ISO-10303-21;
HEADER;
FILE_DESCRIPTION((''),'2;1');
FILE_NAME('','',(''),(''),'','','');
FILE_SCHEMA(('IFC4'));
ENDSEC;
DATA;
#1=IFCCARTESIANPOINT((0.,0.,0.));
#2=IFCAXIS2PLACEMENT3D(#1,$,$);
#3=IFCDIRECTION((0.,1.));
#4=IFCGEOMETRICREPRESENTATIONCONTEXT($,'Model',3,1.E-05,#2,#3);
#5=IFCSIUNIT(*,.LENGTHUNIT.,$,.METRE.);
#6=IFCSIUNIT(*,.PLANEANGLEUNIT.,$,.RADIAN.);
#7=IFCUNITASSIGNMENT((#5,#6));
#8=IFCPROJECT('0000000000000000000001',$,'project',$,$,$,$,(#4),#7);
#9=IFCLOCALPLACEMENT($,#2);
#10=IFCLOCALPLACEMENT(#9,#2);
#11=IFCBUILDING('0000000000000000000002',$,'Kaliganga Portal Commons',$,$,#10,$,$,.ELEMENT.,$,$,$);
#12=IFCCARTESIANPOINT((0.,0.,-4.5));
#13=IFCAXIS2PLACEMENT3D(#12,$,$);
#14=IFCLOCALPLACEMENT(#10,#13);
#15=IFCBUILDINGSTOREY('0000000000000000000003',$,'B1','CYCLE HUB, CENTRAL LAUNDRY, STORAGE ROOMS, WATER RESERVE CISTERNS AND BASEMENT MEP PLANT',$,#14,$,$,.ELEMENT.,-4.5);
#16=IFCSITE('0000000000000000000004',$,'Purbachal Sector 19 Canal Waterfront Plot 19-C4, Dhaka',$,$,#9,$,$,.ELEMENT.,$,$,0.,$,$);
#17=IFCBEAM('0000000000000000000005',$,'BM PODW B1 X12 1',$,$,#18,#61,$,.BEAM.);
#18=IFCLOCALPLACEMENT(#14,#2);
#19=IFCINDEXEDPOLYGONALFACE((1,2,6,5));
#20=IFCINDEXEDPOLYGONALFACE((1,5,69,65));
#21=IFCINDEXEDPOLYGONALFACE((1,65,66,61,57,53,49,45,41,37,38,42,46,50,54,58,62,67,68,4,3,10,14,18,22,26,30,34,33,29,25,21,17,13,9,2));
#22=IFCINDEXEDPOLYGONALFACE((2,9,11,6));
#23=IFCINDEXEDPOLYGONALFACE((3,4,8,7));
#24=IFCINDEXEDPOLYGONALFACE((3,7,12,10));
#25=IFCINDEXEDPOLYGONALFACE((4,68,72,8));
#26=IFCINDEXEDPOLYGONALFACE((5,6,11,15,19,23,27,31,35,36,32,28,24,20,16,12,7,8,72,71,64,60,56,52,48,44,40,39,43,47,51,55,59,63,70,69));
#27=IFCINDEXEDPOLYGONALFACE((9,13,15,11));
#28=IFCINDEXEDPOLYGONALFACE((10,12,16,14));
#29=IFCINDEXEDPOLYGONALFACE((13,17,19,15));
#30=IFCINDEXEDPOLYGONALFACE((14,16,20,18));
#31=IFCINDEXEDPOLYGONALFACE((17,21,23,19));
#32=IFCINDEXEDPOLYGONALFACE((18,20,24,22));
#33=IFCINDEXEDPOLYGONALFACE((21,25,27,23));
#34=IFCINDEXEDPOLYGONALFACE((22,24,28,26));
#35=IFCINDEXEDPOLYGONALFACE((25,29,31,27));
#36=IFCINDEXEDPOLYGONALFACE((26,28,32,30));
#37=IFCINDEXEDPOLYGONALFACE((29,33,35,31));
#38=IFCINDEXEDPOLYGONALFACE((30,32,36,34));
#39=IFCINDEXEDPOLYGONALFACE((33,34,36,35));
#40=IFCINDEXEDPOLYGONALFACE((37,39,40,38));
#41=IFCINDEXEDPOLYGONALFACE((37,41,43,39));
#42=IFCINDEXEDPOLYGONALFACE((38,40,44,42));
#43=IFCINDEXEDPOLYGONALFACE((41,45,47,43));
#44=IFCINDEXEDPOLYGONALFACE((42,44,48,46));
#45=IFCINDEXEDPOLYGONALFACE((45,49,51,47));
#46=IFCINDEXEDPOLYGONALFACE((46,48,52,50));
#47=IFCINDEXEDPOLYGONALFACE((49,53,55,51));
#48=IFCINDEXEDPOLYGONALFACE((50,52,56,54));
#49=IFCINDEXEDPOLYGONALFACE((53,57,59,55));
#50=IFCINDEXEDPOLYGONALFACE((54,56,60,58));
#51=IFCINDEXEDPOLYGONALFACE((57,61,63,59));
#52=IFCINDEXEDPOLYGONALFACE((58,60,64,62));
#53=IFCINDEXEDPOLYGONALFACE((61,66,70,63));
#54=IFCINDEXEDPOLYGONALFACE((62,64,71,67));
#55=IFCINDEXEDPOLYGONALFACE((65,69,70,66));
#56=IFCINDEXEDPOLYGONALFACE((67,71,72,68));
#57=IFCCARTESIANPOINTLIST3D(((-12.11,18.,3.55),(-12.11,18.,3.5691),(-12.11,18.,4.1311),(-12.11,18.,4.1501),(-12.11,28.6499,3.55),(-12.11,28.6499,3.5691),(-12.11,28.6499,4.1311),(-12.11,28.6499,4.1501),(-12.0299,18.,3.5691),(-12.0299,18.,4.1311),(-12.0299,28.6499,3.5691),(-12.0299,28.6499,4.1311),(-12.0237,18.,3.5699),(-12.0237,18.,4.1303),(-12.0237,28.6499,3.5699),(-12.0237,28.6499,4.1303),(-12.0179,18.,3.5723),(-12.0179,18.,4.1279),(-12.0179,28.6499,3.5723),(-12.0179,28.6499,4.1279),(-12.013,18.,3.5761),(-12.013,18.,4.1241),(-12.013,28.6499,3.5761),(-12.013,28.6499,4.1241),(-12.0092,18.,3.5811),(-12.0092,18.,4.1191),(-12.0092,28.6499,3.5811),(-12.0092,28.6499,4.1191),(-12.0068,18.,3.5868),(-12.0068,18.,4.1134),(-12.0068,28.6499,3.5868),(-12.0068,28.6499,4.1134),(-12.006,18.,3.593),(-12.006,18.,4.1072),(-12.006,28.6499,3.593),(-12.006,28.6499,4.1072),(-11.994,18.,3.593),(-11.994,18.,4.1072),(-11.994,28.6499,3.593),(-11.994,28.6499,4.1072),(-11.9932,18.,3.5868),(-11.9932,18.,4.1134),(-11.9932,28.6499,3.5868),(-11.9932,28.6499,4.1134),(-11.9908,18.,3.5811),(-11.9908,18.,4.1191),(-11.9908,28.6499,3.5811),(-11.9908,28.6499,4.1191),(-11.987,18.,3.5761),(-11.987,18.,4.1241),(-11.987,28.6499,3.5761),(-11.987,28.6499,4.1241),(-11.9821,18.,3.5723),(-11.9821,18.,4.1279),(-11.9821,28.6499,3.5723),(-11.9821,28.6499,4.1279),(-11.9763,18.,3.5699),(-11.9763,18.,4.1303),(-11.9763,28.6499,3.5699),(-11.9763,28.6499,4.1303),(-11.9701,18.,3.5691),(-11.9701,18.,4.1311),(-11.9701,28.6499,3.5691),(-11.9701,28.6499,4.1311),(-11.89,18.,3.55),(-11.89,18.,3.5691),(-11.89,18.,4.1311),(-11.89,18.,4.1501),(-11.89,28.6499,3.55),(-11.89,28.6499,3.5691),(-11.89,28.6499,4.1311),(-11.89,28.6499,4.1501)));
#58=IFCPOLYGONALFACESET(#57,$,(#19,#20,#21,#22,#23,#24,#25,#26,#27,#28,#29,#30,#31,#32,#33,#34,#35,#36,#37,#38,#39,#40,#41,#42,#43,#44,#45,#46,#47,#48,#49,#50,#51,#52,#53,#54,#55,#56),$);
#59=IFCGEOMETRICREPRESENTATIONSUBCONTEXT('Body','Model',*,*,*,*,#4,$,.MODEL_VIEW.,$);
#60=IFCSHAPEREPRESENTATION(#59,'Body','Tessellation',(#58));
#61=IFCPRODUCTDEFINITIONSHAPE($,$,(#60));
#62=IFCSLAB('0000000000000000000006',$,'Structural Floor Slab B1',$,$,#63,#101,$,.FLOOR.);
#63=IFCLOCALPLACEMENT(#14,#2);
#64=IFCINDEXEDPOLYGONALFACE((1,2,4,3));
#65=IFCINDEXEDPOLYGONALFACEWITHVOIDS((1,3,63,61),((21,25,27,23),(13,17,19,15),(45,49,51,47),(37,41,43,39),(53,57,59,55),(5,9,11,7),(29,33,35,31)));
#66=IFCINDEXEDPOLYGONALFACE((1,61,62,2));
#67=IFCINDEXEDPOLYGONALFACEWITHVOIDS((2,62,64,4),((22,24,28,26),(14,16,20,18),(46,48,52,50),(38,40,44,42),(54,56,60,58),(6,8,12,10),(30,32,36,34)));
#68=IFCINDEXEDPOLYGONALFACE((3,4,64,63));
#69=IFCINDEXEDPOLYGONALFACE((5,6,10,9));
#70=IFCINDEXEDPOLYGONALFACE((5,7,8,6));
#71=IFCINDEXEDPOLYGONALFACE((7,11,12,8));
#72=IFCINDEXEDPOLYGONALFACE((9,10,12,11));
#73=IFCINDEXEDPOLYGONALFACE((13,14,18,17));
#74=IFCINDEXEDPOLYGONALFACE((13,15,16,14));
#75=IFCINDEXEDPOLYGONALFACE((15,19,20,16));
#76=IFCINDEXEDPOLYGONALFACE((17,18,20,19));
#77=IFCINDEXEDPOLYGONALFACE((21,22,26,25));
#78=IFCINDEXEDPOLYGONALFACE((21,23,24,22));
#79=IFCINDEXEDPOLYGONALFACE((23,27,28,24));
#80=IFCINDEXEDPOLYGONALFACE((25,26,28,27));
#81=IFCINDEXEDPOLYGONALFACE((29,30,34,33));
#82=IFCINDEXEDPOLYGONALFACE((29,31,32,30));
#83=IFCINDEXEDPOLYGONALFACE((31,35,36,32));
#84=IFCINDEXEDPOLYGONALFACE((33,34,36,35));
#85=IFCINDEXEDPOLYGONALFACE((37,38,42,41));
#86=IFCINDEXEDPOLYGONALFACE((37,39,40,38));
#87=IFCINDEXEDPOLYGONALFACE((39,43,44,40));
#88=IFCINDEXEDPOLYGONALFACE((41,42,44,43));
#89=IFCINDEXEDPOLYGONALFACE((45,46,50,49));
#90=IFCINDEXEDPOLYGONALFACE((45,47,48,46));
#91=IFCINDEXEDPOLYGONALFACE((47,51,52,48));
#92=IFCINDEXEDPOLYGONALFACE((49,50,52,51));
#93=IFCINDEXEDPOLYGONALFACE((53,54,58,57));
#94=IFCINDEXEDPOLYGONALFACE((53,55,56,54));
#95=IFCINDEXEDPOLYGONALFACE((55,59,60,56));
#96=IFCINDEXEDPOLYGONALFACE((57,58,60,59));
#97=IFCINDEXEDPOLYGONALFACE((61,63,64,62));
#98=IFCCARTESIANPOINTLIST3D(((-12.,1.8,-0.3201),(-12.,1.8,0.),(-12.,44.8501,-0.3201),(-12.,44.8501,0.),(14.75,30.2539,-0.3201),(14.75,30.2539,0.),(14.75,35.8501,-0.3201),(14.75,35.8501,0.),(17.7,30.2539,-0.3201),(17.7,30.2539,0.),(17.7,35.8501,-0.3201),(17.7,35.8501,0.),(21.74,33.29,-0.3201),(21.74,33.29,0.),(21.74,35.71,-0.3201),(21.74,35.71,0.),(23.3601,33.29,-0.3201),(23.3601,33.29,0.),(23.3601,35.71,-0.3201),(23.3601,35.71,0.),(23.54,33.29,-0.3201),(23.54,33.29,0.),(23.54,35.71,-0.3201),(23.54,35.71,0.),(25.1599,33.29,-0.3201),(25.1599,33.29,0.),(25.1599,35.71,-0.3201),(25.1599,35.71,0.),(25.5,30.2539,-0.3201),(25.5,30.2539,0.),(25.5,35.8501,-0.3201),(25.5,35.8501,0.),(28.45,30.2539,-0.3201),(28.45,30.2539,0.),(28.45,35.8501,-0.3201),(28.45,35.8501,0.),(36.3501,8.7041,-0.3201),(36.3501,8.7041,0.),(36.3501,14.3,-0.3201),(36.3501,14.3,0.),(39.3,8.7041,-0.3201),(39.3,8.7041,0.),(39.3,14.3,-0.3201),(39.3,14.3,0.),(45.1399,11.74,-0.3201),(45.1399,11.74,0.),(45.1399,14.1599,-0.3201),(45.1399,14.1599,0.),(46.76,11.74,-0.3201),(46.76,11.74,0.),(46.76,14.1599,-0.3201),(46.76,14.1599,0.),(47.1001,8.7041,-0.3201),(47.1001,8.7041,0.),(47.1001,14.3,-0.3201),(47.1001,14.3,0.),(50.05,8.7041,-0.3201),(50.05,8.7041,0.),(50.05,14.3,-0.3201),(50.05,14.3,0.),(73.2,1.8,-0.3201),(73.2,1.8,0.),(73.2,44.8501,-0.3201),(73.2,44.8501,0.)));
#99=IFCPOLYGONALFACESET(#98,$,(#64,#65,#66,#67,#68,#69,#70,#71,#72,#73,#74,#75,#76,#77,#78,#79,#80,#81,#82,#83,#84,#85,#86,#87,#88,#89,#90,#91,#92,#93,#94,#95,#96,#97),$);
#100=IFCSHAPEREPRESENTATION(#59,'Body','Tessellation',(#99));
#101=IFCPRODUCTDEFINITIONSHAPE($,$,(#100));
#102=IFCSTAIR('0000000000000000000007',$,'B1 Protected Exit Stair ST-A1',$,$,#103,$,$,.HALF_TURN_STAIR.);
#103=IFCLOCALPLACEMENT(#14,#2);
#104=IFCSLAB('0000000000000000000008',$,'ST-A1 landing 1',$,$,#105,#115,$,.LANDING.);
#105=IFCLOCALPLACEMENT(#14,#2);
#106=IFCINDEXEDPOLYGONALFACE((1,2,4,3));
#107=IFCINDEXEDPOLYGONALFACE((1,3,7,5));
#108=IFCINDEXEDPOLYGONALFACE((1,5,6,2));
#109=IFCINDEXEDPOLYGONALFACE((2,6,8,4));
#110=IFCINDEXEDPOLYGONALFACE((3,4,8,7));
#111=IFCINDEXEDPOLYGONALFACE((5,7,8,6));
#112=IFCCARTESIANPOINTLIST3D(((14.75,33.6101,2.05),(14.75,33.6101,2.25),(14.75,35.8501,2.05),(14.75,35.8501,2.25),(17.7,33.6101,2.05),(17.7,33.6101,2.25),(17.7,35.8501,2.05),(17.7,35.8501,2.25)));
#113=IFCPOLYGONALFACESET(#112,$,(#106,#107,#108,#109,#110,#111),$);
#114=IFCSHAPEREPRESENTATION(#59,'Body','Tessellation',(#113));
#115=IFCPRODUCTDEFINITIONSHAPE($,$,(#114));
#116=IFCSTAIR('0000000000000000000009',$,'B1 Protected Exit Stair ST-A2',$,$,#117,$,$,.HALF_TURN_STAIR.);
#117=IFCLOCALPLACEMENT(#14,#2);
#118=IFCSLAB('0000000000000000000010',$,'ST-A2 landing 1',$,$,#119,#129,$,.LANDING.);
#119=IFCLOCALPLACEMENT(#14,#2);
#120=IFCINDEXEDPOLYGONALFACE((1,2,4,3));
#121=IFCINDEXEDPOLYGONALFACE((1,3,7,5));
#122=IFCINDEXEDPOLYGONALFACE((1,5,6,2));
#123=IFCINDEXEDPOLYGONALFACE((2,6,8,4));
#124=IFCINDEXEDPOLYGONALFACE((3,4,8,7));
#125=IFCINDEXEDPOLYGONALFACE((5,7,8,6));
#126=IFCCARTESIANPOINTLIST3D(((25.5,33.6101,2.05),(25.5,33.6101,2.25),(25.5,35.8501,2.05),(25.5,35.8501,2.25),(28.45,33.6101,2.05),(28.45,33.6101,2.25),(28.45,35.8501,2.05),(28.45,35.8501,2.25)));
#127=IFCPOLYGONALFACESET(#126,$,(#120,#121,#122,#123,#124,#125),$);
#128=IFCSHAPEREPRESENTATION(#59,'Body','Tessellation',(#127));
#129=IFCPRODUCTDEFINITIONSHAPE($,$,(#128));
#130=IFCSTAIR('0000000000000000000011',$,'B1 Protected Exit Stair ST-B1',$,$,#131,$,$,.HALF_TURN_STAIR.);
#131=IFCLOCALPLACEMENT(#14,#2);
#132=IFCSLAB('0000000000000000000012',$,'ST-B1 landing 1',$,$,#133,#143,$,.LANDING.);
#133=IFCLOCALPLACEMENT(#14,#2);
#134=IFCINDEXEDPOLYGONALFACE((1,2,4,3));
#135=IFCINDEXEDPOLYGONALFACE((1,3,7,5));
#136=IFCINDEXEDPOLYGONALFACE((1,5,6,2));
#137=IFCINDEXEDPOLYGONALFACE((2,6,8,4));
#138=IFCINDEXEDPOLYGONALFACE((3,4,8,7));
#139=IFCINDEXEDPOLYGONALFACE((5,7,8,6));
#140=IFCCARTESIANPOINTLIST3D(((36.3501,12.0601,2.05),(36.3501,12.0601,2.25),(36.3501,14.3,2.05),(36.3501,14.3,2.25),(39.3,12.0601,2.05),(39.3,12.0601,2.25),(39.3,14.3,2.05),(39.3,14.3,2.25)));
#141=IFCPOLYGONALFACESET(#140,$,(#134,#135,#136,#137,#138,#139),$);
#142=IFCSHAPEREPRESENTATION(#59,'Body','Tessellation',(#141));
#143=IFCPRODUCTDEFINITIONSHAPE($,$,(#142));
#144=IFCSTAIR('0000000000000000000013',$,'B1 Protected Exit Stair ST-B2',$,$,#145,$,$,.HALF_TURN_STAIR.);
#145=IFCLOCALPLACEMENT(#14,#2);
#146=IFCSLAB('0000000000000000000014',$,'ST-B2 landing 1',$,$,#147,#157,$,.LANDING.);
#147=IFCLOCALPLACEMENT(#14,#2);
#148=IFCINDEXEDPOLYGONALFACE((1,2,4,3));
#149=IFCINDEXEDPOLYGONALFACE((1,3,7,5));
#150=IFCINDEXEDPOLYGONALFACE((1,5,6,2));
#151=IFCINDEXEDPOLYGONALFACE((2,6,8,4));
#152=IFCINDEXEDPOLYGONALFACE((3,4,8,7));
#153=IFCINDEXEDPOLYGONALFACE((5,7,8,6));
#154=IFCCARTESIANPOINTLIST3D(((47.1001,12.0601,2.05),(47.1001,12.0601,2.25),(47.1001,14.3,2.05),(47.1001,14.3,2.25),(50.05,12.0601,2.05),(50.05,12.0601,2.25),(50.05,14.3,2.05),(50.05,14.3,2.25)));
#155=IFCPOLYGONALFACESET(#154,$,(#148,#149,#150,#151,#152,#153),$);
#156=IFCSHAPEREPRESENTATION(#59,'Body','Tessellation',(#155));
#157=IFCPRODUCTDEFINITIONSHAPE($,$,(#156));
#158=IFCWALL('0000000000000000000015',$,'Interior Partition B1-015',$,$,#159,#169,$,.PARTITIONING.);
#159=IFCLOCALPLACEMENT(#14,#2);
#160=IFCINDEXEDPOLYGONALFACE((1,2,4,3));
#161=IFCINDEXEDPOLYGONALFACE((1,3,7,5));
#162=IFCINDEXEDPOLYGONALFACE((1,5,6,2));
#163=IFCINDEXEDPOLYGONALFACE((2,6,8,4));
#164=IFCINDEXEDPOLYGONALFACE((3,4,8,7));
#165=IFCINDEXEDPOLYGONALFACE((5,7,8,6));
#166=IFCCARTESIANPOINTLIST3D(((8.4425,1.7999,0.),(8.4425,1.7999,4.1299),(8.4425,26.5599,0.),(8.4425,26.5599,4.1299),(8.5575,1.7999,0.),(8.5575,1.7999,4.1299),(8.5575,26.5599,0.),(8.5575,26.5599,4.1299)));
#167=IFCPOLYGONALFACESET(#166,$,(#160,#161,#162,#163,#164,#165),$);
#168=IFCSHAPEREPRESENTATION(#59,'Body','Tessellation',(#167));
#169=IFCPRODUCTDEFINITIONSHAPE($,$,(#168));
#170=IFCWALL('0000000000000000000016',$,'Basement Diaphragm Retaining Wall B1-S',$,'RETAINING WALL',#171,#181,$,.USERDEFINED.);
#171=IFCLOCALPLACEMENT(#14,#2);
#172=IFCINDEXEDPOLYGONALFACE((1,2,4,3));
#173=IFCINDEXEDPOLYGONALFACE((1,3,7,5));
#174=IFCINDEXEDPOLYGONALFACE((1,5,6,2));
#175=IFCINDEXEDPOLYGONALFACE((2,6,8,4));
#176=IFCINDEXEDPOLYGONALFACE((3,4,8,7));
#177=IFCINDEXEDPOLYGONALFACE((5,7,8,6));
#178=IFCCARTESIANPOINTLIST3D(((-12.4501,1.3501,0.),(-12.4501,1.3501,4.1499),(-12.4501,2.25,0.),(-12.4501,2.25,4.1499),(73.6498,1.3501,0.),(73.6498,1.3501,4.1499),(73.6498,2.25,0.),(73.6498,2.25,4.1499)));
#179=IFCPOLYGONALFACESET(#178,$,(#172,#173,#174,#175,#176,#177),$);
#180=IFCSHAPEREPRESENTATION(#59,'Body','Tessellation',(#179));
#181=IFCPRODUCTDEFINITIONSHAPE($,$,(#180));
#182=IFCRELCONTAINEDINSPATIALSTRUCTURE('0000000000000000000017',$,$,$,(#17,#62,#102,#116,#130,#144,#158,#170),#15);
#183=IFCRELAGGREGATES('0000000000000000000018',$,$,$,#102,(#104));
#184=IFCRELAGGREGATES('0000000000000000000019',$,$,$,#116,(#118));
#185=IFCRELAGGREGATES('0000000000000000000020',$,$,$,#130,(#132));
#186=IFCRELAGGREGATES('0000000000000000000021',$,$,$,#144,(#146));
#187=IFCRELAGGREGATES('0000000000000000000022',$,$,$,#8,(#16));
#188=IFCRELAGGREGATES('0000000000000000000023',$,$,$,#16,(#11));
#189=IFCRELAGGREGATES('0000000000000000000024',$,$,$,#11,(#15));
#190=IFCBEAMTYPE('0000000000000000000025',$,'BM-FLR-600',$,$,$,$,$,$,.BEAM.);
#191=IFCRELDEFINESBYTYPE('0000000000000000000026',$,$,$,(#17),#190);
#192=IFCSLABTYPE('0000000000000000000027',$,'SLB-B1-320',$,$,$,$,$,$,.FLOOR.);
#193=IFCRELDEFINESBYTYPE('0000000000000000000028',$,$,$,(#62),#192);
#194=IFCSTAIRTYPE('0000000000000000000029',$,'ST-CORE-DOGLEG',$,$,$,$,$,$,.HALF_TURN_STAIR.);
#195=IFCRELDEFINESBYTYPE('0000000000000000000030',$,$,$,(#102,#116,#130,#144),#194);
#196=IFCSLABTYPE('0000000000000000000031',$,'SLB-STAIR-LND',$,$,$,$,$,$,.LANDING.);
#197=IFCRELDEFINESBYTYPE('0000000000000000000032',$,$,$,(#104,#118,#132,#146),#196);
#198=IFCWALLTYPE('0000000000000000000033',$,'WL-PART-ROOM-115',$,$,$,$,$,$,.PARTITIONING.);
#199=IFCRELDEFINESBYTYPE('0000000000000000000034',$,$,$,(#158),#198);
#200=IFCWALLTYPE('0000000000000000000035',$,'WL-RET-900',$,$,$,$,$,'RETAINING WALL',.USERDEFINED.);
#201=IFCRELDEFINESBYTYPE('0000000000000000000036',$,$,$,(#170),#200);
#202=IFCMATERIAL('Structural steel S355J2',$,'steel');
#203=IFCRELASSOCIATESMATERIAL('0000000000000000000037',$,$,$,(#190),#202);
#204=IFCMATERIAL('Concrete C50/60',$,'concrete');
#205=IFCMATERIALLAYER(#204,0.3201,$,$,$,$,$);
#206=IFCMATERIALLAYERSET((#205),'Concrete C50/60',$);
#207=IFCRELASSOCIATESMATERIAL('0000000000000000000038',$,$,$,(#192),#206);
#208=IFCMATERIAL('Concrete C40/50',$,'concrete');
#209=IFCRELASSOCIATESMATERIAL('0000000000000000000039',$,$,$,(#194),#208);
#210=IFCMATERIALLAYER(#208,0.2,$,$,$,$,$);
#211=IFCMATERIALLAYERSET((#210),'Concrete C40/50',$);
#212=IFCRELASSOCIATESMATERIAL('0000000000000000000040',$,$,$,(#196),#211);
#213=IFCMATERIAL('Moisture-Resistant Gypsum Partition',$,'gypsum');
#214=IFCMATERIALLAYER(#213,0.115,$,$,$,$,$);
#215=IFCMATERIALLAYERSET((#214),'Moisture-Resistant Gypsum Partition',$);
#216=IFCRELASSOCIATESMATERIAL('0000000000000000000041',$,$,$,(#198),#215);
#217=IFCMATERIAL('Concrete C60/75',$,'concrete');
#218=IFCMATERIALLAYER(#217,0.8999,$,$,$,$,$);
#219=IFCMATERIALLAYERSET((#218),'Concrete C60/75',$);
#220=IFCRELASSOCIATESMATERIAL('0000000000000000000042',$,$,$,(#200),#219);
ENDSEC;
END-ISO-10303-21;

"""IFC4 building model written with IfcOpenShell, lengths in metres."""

from ifc_helpers import new_model, si_unit, direction, frame, frame_2d, origin, origin_2d, place, context, subcontext, project, spatial, polyline, rectangle, i_section, outline, extrude, source, transform, mapped, material, layer, layer_set, material_profile, profile_set, type_object, element, aggregate, save


model = new_model("IFC4")

# Units and contexts
model_context = context("Model", 3, precision=1e-05, world=origin(), true_north=direction((0.0, 1.0)))
body_context = subcontext(model_context, "Body", "Model", "MODEL_VIEW")
ifc_project = project(units=[si_unit("LENGTHUNIT", "METRE"), si_unit("PLANEANGLEUNIT", "RADIAN")], contexts=[model_context])

# Site, building, storey
site_placement = place(None, origin())
site = spatial("IfcSite", under=ifc_project, at=site_placement, Name="Purbachal Sector 19 Canal Waterfront Plot 19-C4, Dhaka", CompositionType="ELEMENT", RefElevation=0.0)
building_placement = place(site_placement, origin())
building = spatial("IfcBuilding", under=site, at=building_placement, Name="Kaliganga Portal Commons", CompositionType="ELEMENT")
storey_placement = place(building_placement, frame((0.0, 0.0, -4.5)))
storey = spatial("IfcBuildingStorey", under=building, at=storey_placement, Name="B1", Description="CYCLE HUB, CENTRAL LAUNDRY, STORAGE ROOMS, WATER RESERVE CISTERNS AND BASEMENT MEP PLANT", CompositionType="ELEMENT", Elevation=-4.5)

# Beam
ifc_material_1 = material(Name="Structural steel S355J2", Category="steel")
ifc_material_profile_1 = material_profile(ifc_material_1, i_section(OverallWidth=0.22, OverallDepth=0.6001, WebThickness=0.012, FlangeThickness=0.019, FilletRadius=0.0239, at=origin_2d()), Name="IPE 600")
ifc_profile_set_1 = profile_set([ifc_material_profile_1], Name="Structural steel S355J2 wide-flange")
beam_type_1 = type_object("IfcBeamType", Name="BM-FLR-600", PredefinedType="BEAM", material=ifc_profile_set_1)
shared_shape_1 = source(origin(), body_context, "Body", "SweptSolid", [
    extrude(i_section(OverallWidth=0.22, OverallDepth=0.6001, WebThickness=0.012, FlangeThickness=0.019, FilletRadius=0.0239, at=origin_2d()), origin(), (0.0, 0.0, 1.0), 10.6499),
])
beam_1_placement = place(storey_placement, frame((-12.0, 18.0, 3.8501), z_axis=(0.0, 1.0, 0.0), x_axis=(-1.0, 0.0, 0.0)))
element("IfcBeam", 1, at=beam_1_placement, inside=storey, type_object=beam_type_1, Name="BM PODW B1 X12 1", PredefinedType="BEAM", context=body_context, shape_type="MappedRepresentation", body=[
    mapped(shared_shape_1, transform((0.0, 0.0, 0.0), x_axis=(1.0, 0.0, 0.0), y_axis=(0.0, 1.0, 0.0), z_axis=(0.0, 0.0, 1.0), scale=1.0)),
])

# Slab
ifc_material_2 = material(Name="Concrete C50/60", Category="concrete")
ifc_layer_1 = layer(ifc_material_2, 0.3201)
ifc_layer_set_1 = layer_set([ifc_layer_1], Name="Concrete C50/60")
slab_type_1 = type_object("IfcSlabType", Name="SLB-B1-320", PredefinedType="FLOOR", material=ifc_layer_set_1)
slab_1_placement = place(storey_placement, frame((0.0, 0.0, -0.3201)))
element("IfcSlab", 2, at=slab_1_placement, inside=storey, type_object=slab_type_1, Name="Structural Floor Slab B1", PredefinedType="FLOOR", context=body_context, shape_type="SweptSolid", body=[
    extrude(outline(polyline([(-12.0, 1.8), (73.2, 1.8), (73.2, 44.8501), (-12.0, 44.8501), (-12.0, 1.8)]), holes=[polyline([(14.75, 30.2539), (14.75, 35.8501), (17.7, 35.8501), (17.7, 30.2539), (14.75, 30.2539)]), polyline([(25.5, 30.2539), (25.5, 35.8501), (28.45, 35.8501), (28.45, 30.2539), (25.5, 30.2539)]), polyline([(36.3501, 8.7041), (36.3501, 14.3), (39.3, 14.3), (39.3, 8.7041), (36.3501, 8.7041)]), polyline([(47.1001, 8.7041), (47.1001, 14.3), (50.05, 14.3), (50.05, 8.7041), (47.1001, 8.7041)]), polyline([(21.74, 33.29), (21.74, 35.71), (23.3601, 35.71), (23.3601, 33.29), (21.74, 33.29)]), polyline([(23.54, 33.29), (23.54, 35.71), (25.1599, 35.71), (25.1599, 33.29), (23.54, 33.29)]), polyline([(45.1399, 11.74), (45.1399, 14.1599), (46.76, 14.1599), (46.76, 11.74), (45.1399, 11.74)])]), origin(), (0.0, 0.0, 1.0), 0.3201),
])

# Stairs, slabs
ifc_material_3 = material(Name="Concrete C40/50", Category="concrete")
stair_type = type_object("IfcStairType", Name="ST-CORE-DOGLEG", PredefinedType="HALF_TURN_STAIR", material=ifc_material_3)
stair_1_placement = place(storey_placement, origin())
stair_1 = element("IfcStair", 3, at=stair_1_placement, inside=storey, type_object=stair_type, Name="B1 Protected Exit Stair ST-A1", PredefinedType="HALF_TURN_STAIR")
ifc_layer_2 = layer(ifc_material_3, 0.2)
ifc_layer_set_2 = layer_set([ifc_layer_2], Name="Concrete C40/50")
slab_type_2 = type_object("IfcSlabType", Name="SLB-STAIR-LND", PredefinedType="LANDING", material=ifc_layer_set_2)
slab_2_placement = place(storey_placement, frame((0.0, 0.0, 2.05)))
slab_2 = element("IfcSlab", 4, at=slab_2_placement, type_object=slab_type_2, Name="ST-A1 landing 1", PredefinedType="LANDING", context=body_context, shape_type="SweptSolid", body=[
    extrude(outline(polyline([(17.7, 33.6101), (17.7, 35.8501), (14.75, 35.8501), (14.75, 33.6101), (17.7, 33.6101)])), origin(), (0.0, 0.0, 1.0), 0.2),
])
aggregate(stair_1, [slab_2])
stair_2_placement = place(storey_placement, origin())
stair_2 = element("IfcStair", 5, at=stair_2_placement, inside=storey, type_object=stair_type, Name="B1 Protected Exit Stair ST-A2", PredefinedType="HALF_TURN_STAIR")
slab_3_placement = place(storey_placement, frame((0.0, 0.0, 2.05)))
slab_3 = element("IfcSlab", 6, at=slab_3_placement, type_object=slab_type_2, Name="ST-A2 landing 1", PredefinedType="LANDING", context=body_context, shape_type="SweptSolid", body=[
    extrude(outline(polyline([(28.45, 33.6101), (28.45, 35.8501), (25.5, 35.8501), (25.5, 33.6101), (28.45, 33.6101)])), origin(), (0.0, 0.0, 1.0), 0.2),
])
aggregate(stair_2, [slab_3])
stair_3_placement = place(storey_placement, origin())
stair_3 = element("IfcStair", 7, at=stair_3_placement, inside=storey, type_object=stair_type, Name="B1 Protected Exit Stair ST-B1", PredefinedType="HALF_TURN_STAIR")
slab_4_placement = place(storey_placement, frame((0.0, 0.0, 2.05)))
slab_4 = element("IfcSlab", 8, at=slab_4_placement, type_object=slab_type_2, Name="ST-B1 landing 1", PredefinedType="LANDING", context=body_context, shape_type="SweptSolid", body=[
    extrude(outline(polyline([(39.3, 12.0601), (39.3, 14.3), (36.3501, 14.3), (36.3501, 12.0601), (39.3, 12.0601)])), origin(), (0.0, 0.0, 1.0), 0.2),
])
aggregate(stair_3, [slab_4])
stair_4_placement = place(storey_placement, origin())
stair_4 = element("IfcStair", 9, at=stair_4_placement, inside=storey, type_object=stair_type, Name="B1 Protected Exit Stair ST-B2", PredefinedType="HALF_TURN_STAIR")
slab_5_placement = place(storey_placement, frame((0.0, 0.0, 2.05)))
slab_5 = element("IfcSlab", 10, at=slab_5_placement, type_object=slab_type_2, Name="ST-B2 landing 1", PredefinedType="LANDING", context=body_context, shape_type="SweptSolid", body=[
    extrude(outline(polyline([(50.05, 12.0601), (50.05, 14.3), (47.1001, 14.3), (47.1001, 12.0601), (50.05, 12.0601)])), origin(), (0.0, 0.0, 1.0), 0.2),
])
aggregate(stair_4, [slab_5])

# Walls
ifc_material_4 = material(Name="Moisture-Resistant Gypsum Partition", Category="gypsum")
ifc_layer_3 = layer(ifc_material_4, 0.115)
ifc_layer_set_3 = layer_set([ifc_layer_3], Name="Moisture-Resistant Gypsum Partition")
wall_type_1 = type_object("IfcWallType", Name="WL-PART-ROOM-115", PredefinedType="PARTITIONING", material=ifc_layer_set_3)
wall_1_placement = place(storey_placement, frame((8.5, 1.8, 0.0), z_axis=(0.0, 0.0, 1.0), x_axis=(0.0, 1.0, 0.0)))
element("IfcWall", 11, at=wall_1_placement, inside=storey, type_object=wall_type_1, Name="Interior Partition B1-015", PredefinedType="PARTITIONING", context=body_context, shape_type="SweptSolid", body=[
    extrude(rectangle(XDim=24.76, YDim=0.115, at=frame_2d((12.3799, 0.0))), origin(), (0.0, 0.0, 1.0), 4.1299),
])
ifc_material_5 = material(Name="Concrete C60/75", Category="concrete")
ifc_layer_4 = layer(ifc_material_5, 0.8999)
ifc_layer_set_4 = layer_set([ifc_layer_4], Name="Concrete C60/75")
wall_type_2 = type_object("IfcWallType", Name="WL-RET-900", ElementType="RETAINING WALL", PredefinedType="USERDEFINED", material=ifc_layer_set_4)
wall_2_placement = place(storey_placement, frame((-12.45, 1.8, 0.0), z_axis=(0.0, 0.0, 1.0), x_axis=(1.0, 0.0, 0.0)))
element("IfcWall", 12, at=wall_2_placement, inside=storey, type_object=wall_type_2, Name="Basement Diaphragm Retaining Wall B1-S", ObjectType="RETAINING WALL", PredefinedType="USERDEFINED", context=body_context, shape_type="SweptSolid", body=[
    extrude(rectangle(XDim=86.0999, YDim=0.8999, at=frame_2d((43.0498, 0.0))), origin(), (0.0, 0.0, 1.0), 4.1499),
])

save(model, "model.ifc")
